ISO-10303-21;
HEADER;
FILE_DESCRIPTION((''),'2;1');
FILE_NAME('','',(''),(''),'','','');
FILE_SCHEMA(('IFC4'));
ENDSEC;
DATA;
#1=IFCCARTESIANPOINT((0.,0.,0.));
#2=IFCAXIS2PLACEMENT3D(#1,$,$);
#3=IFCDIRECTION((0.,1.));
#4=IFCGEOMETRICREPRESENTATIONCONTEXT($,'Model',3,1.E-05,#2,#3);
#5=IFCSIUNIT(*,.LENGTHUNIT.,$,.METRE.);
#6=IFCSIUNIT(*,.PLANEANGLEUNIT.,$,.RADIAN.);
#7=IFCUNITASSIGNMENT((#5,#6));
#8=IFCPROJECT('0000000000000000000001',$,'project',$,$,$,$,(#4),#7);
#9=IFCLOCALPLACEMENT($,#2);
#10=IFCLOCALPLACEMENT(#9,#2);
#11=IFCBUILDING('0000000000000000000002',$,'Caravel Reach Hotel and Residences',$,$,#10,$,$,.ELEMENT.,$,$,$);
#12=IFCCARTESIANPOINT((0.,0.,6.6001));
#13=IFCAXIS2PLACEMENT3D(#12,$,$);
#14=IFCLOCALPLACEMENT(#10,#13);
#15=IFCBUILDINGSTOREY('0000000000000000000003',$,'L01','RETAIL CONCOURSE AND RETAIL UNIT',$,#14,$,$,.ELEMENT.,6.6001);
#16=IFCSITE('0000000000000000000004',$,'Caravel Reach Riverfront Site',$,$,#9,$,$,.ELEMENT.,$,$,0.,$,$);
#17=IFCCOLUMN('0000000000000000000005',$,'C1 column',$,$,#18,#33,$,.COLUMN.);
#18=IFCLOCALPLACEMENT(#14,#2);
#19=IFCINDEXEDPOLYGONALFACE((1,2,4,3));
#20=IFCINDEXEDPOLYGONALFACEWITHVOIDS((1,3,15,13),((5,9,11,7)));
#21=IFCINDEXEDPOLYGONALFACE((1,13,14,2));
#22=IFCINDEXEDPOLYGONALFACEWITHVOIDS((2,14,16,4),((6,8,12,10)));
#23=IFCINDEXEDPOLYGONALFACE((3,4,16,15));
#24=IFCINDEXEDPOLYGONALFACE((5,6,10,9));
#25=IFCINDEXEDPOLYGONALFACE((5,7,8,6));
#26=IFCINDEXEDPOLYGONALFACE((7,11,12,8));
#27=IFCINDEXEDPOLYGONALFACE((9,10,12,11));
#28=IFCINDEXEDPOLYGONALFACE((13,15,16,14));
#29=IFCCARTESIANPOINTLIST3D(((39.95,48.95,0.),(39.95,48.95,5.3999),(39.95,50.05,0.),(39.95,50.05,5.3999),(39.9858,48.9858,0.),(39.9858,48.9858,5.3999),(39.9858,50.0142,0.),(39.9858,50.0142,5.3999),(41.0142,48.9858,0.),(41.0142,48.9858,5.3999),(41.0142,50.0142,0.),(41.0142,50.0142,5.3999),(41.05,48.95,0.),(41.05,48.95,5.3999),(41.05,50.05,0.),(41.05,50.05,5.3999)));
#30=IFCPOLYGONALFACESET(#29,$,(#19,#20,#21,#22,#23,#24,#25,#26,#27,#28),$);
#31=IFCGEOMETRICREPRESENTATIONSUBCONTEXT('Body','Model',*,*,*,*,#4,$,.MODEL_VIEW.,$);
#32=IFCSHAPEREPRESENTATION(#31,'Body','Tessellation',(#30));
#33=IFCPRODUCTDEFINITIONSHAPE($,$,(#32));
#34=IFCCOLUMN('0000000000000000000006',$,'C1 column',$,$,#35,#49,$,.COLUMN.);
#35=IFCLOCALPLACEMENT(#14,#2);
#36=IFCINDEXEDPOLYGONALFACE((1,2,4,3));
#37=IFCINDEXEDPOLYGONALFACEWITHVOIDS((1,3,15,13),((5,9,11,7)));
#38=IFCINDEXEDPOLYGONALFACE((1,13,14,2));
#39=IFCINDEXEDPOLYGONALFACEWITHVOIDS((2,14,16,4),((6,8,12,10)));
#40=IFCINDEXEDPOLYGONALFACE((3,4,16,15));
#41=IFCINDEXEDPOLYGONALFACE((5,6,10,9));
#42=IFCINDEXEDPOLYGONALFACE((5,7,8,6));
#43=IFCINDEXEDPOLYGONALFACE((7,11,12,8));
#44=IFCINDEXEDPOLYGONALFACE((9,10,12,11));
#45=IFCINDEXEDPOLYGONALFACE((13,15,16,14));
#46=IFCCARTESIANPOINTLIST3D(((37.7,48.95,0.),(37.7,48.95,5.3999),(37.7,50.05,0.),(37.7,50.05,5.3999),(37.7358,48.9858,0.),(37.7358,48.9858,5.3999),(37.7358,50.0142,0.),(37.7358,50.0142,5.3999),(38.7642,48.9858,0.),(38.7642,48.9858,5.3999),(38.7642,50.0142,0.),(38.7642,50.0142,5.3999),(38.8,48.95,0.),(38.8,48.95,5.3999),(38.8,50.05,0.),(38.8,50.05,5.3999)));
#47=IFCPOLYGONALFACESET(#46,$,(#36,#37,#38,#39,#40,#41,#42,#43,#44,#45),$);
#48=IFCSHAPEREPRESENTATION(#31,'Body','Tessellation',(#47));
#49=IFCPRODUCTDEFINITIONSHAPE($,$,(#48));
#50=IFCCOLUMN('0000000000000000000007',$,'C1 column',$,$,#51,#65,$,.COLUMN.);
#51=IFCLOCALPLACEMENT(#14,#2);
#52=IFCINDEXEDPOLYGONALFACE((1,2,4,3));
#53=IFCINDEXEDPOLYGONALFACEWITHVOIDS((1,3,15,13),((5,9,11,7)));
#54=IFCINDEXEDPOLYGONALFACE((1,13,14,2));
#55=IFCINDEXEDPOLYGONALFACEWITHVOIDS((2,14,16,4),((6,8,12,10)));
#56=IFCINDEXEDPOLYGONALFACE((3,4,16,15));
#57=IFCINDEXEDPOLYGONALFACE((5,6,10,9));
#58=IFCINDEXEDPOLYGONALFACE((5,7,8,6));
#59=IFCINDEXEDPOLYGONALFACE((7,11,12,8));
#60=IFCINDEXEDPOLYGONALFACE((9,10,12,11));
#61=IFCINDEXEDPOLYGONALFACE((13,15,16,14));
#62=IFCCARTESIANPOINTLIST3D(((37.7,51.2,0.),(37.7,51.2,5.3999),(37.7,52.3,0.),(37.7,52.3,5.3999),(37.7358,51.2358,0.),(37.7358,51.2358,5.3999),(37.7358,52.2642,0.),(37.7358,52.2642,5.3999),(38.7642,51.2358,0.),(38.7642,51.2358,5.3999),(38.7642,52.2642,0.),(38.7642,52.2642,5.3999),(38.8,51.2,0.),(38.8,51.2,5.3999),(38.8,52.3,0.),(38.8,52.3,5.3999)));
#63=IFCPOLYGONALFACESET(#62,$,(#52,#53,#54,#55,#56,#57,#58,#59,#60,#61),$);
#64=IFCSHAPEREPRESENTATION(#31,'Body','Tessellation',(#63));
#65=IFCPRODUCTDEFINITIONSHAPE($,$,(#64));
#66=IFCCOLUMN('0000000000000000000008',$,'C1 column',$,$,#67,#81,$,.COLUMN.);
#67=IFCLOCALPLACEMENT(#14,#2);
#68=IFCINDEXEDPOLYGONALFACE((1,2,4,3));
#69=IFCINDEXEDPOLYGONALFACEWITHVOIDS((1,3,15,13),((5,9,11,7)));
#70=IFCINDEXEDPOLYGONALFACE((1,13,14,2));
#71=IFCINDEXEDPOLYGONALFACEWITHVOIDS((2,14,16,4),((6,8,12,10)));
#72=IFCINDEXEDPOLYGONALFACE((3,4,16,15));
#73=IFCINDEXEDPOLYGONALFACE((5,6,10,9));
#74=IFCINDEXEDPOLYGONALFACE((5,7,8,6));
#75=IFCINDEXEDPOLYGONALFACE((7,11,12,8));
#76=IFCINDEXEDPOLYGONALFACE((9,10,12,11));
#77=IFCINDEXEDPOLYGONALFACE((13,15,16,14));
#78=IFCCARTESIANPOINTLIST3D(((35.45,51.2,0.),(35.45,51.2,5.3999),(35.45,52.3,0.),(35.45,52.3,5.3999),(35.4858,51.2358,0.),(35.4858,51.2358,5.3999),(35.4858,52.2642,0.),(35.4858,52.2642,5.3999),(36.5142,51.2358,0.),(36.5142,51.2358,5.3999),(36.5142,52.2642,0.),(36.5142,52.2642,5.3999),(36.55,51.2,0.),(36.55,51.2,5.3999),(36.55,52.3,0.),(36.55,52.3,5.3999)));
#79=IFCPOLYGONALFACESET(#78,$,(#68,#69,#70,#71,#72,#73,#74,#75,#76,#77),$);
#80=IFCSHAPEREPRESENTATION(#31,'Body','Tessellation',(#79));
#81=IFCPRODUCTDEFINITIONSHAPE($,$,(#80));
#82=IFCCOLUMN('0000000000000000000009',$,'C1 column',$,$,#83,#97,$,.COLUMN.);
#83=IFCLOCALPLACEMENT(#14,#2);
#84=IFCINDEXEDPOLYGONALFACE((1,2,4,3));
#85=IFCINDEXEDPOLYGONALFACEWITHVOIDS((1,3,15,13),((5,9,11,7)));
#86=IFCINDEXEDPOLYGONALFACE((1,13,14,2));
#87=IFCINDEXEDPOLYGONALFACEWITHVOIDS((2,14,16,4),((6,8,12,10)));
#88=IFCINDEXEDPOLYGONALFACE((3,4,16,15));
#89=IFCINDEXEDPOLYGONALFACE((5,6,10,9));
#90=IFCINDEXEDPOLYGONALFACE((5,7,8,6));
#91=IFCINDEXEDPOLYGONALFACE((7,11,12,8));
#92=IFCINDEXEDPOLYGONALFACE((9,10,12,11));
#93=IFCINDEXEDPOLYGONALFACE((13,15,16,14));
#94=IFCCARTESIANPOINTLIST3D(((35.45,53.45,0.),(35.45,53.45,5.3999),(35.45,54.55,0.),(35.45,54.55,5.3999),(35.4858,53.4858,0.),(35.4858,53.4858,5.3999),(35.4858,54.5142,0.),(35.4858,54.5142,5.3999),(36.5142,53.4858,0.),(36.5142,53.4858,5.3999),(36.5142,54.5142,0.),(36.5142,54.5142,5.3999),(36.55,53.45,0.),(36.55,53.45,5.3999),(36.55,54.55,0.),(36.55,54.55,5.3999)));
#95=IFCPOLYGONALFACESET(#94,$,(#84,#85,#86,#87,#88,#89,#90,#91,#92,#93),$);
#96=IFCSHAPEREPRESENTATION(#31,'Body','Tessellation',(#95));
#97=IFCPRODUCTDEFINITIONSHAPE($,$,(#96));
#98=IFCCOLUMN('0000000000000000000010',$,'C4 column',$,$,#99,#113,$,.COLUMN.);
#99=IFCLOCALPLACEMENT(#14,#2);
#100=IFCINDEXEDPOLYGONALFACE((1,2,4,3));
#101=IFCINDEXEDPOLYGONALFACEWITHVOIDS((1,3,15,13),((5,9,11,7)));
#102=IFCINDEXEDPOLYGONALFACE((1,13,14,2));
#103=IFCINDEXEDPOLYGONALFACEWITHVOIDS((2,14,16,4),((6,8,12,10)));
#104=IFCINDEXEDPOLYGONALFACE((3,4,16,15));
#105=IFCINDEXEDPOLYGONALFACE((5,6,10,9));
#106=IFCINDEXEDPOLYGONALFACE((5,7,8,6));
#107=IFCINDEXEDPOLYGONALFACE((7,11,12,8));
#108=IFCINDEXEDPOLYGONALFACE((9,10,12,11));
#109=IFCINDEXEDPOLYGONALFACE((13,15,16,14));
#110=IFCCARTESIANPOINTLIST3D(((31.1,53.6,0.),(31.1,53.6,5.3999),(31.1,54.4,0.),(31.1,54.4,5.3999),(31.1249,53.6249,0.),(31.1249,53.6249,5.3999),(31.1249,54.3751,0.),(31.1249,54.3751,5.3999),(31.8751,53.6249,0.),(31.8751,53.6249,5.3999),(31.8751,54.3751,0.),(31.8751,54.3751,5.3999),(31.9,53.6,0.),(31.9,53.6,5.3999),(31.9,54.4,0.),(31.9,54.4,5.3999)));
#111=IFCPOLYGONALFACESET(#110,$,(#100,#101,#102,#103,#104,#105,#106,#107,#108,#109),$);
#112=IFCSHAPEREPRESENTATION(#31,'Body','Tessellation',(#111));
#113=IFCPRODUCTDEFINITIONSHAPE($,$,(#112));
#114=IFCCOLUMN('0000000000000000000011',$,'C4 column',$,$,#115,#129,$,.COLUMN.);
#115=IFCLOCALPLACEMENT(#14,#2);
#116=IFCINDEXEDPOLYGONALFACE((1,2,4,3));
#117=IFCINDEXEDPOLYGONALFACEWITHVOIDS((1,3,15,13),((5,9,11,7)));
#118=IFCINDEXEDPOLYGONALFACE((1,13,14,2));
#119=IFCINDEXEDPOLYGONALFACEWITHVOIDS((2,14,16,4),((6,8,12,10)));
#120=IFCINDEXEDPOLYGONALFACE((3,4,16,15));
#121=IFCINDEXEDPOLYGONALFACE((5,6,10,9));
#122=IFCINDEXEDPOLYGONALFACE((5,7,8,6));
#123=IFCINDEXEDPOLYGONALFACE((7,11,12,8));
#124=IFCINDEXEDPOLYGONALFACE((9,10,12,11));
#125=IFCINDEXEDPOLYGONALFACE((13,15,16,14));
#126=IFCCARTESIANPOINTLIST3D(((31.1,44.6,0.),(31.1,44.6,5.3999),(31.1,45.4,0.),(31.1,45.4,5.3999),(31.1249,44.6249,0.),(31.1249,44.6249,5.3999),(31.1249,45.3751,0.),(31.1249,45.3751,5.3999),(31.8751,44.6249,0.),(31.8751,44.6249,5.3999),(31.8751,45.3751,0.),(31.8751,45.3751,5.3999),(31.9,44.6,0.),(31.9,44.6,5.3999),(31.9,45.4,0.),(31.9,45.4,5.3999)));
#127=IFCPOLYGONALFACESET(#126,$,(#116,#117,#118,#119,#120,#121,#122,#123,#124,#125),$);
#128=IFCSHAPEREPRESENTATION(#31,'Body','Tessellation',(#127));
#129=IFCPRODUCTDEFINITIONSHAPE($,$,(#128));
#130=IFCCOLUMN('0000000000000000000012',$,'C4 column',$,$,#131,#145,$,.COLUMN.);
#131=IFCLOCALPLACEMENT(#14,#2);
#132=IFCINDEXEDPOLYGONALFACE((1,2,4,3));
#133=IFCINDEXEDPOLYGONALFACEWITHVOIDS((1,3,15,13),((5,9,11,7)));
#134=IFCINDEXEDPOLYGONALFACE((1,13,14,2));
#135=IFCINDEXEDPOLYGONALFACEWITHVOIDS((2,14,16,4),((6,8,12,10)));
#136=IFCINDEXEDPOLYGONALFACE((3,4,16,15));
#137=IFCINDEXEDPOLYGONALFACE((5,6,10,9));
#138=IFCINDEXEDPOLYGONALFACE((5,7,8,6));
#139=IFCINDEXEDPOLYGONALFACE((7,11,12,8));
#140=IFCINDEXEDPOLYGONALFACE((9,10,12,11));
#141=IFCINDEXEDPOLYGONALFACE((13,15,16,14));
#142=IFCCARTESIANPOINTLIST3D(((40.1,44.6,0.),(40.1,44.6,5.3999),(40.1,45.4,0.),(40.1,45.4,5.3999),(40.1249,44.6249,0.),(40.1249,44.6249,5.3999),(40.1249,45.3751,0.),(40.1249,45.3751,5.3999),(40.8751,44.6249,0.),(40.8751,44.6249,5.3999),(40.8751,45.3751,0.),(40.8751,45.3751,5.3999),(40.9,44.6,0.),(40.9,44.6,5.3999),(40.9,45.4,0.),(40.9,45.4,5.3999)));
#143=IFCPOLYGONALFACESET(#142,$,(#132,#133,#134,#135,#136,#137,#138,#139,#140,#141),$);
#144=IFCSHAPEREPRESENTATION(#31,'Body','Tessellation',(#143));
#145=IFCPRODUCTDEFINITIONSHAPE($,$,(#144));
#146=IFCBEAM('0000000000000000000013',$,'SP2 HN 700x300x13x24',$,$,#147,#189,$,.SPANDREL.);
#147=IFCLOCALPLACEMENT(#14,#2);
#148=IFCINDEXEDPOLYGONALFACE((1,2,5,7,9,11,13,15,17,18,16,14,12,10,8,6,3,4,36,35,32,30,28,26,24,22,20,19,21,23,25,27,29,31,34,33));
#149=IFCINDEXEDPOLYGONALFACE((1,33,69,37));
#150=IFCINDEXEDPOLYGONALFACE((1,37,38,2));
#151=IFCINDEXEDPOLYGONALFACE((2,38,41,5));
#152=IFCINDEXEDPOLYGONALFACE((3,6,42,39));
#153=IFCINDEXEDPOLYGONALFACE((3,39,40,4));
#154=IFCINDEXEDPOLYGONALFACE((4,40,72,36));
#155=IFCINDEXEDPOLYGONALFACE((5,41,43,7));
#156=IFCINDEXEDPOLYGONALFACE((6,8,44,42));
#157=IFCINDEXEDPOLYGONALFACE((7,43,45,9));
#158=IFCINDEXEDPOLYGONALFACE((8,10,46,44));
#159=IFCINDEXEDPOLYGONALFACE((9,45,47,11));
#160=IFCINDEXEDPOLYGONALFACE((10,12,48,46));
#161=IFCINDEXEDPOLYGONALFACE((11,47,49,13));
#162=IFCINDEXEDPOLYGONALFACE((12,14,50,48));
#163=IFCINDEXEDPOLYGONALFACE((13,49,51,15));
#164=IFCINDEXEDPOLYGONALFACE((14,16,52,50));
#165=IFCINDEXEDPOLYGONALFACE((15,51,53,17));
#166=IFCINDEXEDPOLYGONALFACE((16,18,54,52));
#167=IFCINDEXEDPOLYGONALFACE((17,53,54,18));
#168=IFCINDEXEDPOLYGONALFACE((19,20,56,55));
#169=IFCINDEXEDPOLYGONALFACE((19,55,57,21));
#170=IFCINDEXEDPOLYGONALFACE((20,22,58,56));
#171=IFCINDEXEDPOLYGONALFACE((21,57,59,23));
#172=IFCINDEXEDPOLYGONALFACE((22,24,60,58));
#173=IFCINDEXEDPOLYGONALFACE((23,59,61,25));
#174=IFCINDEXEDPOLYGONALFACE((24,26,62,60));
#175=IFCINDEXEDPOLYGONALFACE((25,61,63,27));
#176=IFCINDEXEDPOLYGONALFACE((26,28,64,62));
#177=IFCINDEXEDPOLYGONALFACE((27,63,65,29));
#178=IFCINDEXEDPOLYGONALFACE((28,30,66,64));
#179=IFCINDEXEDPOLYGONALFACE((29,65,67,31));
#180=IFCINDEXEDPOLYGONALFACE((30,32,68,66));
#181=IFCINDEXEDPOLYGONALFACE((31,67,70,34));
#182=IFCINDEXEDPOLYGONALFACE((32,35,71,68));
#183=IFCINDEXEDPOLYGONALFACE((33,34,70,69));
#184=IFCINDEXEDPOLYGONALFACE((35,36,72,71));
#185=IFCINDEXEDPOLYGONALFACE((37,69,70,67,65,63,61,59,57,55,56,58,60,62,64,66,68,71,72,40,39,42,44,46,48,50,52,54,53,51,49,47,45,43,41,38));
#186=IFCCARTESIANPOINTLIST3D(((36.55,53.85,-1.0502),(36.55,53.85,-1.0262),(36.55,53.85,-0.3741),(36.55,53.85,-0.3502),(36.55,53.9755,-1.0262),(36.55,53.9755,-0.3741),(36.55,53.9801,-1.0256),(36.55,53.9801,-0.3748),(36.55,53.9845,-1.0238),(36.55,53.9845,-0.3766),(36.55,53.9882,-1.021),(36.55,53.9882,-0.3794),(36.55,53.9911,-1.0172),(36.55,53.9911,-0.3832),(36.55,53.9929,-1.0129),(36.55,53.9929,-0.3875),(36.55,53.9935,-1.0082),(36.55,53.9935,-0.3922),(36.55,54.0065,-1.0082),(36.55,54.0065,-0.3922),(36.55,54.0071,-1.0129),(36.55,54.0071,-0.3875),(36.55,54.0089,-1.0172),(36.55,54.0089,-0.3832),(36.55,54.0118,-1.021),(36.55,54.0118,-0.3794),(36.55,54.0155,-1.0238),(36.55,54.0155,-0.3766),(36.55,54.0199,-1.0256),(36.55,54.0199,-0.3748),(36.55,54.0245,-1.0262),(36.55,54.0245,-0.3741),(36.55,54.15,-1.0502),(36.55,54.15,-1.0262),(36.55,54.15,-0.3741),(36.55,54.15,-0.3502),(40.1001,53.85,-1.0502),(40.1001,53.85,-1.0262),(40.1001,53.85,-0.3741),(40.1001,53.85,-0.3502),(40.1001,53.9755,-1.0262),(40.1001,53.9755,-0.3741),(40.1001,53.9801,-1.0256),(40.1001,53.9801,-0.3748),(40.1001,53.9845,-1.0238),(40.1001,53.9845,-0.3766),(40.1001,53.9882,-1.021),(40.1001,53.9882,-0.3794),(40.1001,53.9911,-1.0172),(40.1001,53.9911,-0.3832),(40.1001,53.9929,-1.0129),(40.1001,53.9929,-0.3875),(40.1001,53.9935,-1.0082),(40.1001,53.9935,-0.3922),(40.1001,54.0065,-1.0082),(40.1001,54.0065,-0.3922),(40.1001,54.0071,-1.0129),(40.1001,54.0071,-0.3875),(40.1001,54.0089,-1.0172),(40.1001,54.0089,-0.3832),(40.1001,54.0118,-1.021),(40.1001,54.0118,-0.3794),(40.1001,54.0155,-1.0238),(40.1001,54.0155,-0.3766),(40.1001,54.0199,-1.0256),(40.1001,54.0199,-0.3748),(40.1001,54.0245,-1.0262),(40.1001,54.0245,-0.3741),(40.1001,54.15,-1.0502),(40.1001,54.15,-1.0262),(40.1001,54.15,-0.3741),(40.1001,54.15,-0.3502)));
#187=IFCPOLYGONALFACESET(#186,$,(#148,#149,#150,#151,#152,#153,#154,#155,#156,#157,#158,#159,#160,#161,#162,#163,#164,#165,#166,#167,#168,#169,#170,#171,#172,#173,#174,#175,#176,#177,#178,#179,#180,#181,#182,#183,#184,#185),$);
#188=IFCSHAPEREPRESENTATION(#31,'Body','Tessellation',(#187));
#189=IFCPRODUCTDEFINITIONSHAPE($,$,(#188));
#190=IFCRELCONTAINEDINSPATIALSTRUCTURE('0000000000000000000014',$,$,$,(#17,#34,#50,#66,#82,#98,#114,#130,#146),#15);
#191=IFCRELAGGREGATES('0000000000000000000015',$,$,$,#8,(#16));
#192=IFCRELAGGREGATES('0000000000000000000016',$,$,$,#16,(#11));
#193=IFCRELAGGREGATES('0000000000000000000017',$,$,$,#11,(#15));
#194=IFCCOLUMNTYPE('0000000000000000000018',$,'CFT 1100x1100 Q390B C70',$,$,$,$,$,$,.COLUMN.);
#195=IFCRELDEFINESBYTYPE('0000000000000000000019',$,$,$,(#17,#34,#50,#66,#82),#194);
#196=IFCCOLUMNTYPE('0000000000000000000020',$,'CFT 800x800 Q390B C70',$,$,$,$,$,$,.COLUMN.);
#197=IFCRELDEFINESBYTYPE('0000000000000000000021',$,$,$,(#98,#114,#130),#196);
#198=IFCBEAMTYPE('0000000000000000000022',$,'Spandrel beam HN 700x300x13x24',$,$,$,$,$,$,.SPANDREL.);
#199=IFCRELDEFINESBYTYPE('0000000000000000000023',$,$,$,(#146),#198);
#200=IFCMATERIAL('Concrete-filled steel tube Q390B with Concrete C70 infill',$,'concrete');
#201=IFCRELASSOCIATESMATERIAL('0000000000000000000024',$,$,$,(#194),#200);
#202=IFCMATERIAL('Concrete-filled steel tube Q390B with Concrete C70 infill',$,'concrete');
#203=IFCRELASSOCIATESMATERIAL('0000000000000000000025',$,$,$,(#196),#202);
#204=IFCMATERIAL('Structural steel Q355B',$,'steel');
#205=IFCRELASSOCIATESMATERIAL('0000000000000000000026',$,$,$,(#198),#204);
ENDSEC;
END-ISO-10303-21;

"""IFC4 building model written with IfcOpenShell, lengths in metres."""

from ifc_helpers import new_model, si_unit, direction, frame, origin, origin_2d, place, context, subcontext, project, spatial, hollow_rectangle, i_section, extrude, material, material_profile, profile_set, type_object, element, save


model = new_model("IFC4")

# Units and contexts
model_context = context("Model", 3, precision=1e-05, world=origin(), true_north=direction((0.0, 1.0)))
body_context = subcontext(model_context, "Body", "Model", "MODEL_VIEW")
ifc_project = project(units=[si_unit("LENGTHUNIT", "METRE"), si_unit("PLANEANGLEUNIT", "RADIAN")], contexts=[model_context])

# Site, building, storey
site_placement = place(None, origin())
site = spatial("IfcSite", under=ifc_project, at=site_placement, Name="Caravel Reach Riverfront Site", CompositionType="ELEMENT", RefElevation=0.0)
building_placement = place(site_placement, origin())
building = spatial("IfcBuilding", under=site, at=building_placement, Name="Caravel Reach Hotel and Residences", CompositionType="ELEMENT")
storey_placement = place(building_placement, frame((0.0, 0.0, 6.6001)))
storey = spatial("IfcBuildingStorey", under=building, at=storey_placement, Name="L01", Description="RETAIL CONCOURSE AND RETAIL UNIT", CompositionType="ELEMENT", Elevation=6.6001)

# Columns
ifc_material_1 = material(Name="Concrete-filled steel tube Q390B with Concrete C70 infill", Category="concrete")
ifc_material_profile_1 = material_profile(ifc_material_1, hollow_rectangle(XDim=1.1001, YDim=1.1001, WallThickness=0.0359, at=origin_2d()), Name="RHS 1100x1100x36")
ifc_profile_set_1 = profile_set([ifc_material_profile_1], Name="Concrete-filled steel tube Q390B with Concrete C70 infill")
column_type_1 = type_object("IfcColumnType", Name="CFT 1100x1100 Q390B C70", PredefinedType="COLUMN", material=ifc_profile_set_1)
for number, where, z_axis, x_axis, name in (
    (1, (40.5, 49.5, 0.0), (0.0, 0.0, 1.0), (1.0, 0.0, 0.0), "C1 column"),
    (2, (38.25, 49.5, 0.0), (0.0, 0.0, 1.0), (1.0, 0.0, 0.0), "C1 column"),
    (3, (38.25, 51.75, 0.0), (0.0, 0.0, 1.0), (1.0, 0.0, 0.0), "C1 column"),
    (4, (36.0, 51.75, 0.0), (0.0, 0.0, 1.0), (1.0, 0.0, 0.0), "C1 column"),
    (5, (36.0, 54.0, 0.0), (0.0, 0.0, 1.0), (1.0, 0.0, 0.0), "C1 column"),
):
    element("IfcColumn", number, at=place(storey_placement, frame(where, z_axis=z_axis, x_axis=x_axis)), inside=storey, type_object=column_type_1, Name=name, PredefinedType="COLUMN", context=body_context, shape_type="SweptSolid", body=[
        extrude(hollow_rectangle(XDim=1.1001, YDim=1.1001, WallThickness=0.0359, at=origin_2d()), origin(), (0.0, 0.0, 1.0), 5.3999),
    ])
ifc_material_2 = material(Name="Concrete-filled steel tube Q390B with Concrete C70 infill", Category="concrete")
ifc_material_profile_2 = material_profile(ifc_material_2, hollow_rectangle(XDim=0.8, YDim=0.8, WallThickness=0.0249, at=origin_2d()), Name="RHS 800x800x25")
ifc_profile_set_2 = profile_set([ifc_material_profile_2], Name="Concrete-filled steel tube Q390B with Concrete C70 infill")
column_type_2 = type_object("IfcColumnType", Name="CFT 800x800 Q390B C70", PredefinedType="COLUMN", material=ifc_profile_set_2)
for number, where, z_axis, x_axis, name in (
    (6, (31.5, 54.0, 0.0), (0.0, 0.0, 1.0), (1.0, 0.0, 0.0), "C4 column"),
    (7, (31.5, 45.0, 0.0), (0.0, 0.0, 1.0), (1.0, 0.0, 0.0), "C4 column"),
    (8, (40.5, 45.0, 0.0), (0.0, 0.0, 1.0), (1.0, 0.0, 0.0), "C4 column"),
):
    element("IfcColumn", number, at=place(storey_placement, frame(where, z_axis=z_axis, x_axis=x_axis)), inside=storey, type_object=column_type_2, Name=name, PredefinedType="COLUMN", context=body_context, shape_type="SweptSolid", body=[
        extrude(hollow_rectangle(XDim=0.8, YDim=0.8, WallThickness=0.0249, at=origin_2d()), origin(), (0.0, 0.0, 1.0), 5.3999),
    ])

# Beam
ifc_material_3 = material(Name="Structural steel Q355B", Category="steel")
ifc_material_profile_3 = material_profile(ifc_material_3, i_section(OverallWidth=0.3, OverallDepth=0.7, WebThickness=0.0129, FlangeThickness=0.0239, FilletRadius=0.0181, at=origin_2d()), Name="HN 700x300x13x24")
ifc_profile_set_3 = profile_set([ifc_material_profile_3], Name="Structural steel Q355B")
beam_type = type_object("IfcBeamType", Name="Spandrel beam HN 700x300x13x24", PredefinedType="SPANDREL", material=ifc_profile_set_3)
for number, where, z_axis, x_axis, name in (
    (9, (40.1001, 54.0, -0.7002), (-1.0, 0.0, 0.0), (0.0, -1.0, 0.0), "SP2 HN 700x300x13x24"),
):
    element("IfcBeam", number, at=place(storey_placement, frame(where, z_axis=z_axis, x_axis=x_axis)), inside=storey, type_object=beam_type, Name=name, PredefinedType="SPANDREL", context=body_context, shape_type="SweptSolid", body=[
        extrude(i_section(OverallWidth=0.3, OverallDepth=0.7, WebThickness=0.0129, FlangeThickness=0.0239, FilletRadius=0.0181, at=origin_2d()), origin(), (0.0, 0.0, 1.0), 3.55),
    ])

save(model, "model.ifc")
